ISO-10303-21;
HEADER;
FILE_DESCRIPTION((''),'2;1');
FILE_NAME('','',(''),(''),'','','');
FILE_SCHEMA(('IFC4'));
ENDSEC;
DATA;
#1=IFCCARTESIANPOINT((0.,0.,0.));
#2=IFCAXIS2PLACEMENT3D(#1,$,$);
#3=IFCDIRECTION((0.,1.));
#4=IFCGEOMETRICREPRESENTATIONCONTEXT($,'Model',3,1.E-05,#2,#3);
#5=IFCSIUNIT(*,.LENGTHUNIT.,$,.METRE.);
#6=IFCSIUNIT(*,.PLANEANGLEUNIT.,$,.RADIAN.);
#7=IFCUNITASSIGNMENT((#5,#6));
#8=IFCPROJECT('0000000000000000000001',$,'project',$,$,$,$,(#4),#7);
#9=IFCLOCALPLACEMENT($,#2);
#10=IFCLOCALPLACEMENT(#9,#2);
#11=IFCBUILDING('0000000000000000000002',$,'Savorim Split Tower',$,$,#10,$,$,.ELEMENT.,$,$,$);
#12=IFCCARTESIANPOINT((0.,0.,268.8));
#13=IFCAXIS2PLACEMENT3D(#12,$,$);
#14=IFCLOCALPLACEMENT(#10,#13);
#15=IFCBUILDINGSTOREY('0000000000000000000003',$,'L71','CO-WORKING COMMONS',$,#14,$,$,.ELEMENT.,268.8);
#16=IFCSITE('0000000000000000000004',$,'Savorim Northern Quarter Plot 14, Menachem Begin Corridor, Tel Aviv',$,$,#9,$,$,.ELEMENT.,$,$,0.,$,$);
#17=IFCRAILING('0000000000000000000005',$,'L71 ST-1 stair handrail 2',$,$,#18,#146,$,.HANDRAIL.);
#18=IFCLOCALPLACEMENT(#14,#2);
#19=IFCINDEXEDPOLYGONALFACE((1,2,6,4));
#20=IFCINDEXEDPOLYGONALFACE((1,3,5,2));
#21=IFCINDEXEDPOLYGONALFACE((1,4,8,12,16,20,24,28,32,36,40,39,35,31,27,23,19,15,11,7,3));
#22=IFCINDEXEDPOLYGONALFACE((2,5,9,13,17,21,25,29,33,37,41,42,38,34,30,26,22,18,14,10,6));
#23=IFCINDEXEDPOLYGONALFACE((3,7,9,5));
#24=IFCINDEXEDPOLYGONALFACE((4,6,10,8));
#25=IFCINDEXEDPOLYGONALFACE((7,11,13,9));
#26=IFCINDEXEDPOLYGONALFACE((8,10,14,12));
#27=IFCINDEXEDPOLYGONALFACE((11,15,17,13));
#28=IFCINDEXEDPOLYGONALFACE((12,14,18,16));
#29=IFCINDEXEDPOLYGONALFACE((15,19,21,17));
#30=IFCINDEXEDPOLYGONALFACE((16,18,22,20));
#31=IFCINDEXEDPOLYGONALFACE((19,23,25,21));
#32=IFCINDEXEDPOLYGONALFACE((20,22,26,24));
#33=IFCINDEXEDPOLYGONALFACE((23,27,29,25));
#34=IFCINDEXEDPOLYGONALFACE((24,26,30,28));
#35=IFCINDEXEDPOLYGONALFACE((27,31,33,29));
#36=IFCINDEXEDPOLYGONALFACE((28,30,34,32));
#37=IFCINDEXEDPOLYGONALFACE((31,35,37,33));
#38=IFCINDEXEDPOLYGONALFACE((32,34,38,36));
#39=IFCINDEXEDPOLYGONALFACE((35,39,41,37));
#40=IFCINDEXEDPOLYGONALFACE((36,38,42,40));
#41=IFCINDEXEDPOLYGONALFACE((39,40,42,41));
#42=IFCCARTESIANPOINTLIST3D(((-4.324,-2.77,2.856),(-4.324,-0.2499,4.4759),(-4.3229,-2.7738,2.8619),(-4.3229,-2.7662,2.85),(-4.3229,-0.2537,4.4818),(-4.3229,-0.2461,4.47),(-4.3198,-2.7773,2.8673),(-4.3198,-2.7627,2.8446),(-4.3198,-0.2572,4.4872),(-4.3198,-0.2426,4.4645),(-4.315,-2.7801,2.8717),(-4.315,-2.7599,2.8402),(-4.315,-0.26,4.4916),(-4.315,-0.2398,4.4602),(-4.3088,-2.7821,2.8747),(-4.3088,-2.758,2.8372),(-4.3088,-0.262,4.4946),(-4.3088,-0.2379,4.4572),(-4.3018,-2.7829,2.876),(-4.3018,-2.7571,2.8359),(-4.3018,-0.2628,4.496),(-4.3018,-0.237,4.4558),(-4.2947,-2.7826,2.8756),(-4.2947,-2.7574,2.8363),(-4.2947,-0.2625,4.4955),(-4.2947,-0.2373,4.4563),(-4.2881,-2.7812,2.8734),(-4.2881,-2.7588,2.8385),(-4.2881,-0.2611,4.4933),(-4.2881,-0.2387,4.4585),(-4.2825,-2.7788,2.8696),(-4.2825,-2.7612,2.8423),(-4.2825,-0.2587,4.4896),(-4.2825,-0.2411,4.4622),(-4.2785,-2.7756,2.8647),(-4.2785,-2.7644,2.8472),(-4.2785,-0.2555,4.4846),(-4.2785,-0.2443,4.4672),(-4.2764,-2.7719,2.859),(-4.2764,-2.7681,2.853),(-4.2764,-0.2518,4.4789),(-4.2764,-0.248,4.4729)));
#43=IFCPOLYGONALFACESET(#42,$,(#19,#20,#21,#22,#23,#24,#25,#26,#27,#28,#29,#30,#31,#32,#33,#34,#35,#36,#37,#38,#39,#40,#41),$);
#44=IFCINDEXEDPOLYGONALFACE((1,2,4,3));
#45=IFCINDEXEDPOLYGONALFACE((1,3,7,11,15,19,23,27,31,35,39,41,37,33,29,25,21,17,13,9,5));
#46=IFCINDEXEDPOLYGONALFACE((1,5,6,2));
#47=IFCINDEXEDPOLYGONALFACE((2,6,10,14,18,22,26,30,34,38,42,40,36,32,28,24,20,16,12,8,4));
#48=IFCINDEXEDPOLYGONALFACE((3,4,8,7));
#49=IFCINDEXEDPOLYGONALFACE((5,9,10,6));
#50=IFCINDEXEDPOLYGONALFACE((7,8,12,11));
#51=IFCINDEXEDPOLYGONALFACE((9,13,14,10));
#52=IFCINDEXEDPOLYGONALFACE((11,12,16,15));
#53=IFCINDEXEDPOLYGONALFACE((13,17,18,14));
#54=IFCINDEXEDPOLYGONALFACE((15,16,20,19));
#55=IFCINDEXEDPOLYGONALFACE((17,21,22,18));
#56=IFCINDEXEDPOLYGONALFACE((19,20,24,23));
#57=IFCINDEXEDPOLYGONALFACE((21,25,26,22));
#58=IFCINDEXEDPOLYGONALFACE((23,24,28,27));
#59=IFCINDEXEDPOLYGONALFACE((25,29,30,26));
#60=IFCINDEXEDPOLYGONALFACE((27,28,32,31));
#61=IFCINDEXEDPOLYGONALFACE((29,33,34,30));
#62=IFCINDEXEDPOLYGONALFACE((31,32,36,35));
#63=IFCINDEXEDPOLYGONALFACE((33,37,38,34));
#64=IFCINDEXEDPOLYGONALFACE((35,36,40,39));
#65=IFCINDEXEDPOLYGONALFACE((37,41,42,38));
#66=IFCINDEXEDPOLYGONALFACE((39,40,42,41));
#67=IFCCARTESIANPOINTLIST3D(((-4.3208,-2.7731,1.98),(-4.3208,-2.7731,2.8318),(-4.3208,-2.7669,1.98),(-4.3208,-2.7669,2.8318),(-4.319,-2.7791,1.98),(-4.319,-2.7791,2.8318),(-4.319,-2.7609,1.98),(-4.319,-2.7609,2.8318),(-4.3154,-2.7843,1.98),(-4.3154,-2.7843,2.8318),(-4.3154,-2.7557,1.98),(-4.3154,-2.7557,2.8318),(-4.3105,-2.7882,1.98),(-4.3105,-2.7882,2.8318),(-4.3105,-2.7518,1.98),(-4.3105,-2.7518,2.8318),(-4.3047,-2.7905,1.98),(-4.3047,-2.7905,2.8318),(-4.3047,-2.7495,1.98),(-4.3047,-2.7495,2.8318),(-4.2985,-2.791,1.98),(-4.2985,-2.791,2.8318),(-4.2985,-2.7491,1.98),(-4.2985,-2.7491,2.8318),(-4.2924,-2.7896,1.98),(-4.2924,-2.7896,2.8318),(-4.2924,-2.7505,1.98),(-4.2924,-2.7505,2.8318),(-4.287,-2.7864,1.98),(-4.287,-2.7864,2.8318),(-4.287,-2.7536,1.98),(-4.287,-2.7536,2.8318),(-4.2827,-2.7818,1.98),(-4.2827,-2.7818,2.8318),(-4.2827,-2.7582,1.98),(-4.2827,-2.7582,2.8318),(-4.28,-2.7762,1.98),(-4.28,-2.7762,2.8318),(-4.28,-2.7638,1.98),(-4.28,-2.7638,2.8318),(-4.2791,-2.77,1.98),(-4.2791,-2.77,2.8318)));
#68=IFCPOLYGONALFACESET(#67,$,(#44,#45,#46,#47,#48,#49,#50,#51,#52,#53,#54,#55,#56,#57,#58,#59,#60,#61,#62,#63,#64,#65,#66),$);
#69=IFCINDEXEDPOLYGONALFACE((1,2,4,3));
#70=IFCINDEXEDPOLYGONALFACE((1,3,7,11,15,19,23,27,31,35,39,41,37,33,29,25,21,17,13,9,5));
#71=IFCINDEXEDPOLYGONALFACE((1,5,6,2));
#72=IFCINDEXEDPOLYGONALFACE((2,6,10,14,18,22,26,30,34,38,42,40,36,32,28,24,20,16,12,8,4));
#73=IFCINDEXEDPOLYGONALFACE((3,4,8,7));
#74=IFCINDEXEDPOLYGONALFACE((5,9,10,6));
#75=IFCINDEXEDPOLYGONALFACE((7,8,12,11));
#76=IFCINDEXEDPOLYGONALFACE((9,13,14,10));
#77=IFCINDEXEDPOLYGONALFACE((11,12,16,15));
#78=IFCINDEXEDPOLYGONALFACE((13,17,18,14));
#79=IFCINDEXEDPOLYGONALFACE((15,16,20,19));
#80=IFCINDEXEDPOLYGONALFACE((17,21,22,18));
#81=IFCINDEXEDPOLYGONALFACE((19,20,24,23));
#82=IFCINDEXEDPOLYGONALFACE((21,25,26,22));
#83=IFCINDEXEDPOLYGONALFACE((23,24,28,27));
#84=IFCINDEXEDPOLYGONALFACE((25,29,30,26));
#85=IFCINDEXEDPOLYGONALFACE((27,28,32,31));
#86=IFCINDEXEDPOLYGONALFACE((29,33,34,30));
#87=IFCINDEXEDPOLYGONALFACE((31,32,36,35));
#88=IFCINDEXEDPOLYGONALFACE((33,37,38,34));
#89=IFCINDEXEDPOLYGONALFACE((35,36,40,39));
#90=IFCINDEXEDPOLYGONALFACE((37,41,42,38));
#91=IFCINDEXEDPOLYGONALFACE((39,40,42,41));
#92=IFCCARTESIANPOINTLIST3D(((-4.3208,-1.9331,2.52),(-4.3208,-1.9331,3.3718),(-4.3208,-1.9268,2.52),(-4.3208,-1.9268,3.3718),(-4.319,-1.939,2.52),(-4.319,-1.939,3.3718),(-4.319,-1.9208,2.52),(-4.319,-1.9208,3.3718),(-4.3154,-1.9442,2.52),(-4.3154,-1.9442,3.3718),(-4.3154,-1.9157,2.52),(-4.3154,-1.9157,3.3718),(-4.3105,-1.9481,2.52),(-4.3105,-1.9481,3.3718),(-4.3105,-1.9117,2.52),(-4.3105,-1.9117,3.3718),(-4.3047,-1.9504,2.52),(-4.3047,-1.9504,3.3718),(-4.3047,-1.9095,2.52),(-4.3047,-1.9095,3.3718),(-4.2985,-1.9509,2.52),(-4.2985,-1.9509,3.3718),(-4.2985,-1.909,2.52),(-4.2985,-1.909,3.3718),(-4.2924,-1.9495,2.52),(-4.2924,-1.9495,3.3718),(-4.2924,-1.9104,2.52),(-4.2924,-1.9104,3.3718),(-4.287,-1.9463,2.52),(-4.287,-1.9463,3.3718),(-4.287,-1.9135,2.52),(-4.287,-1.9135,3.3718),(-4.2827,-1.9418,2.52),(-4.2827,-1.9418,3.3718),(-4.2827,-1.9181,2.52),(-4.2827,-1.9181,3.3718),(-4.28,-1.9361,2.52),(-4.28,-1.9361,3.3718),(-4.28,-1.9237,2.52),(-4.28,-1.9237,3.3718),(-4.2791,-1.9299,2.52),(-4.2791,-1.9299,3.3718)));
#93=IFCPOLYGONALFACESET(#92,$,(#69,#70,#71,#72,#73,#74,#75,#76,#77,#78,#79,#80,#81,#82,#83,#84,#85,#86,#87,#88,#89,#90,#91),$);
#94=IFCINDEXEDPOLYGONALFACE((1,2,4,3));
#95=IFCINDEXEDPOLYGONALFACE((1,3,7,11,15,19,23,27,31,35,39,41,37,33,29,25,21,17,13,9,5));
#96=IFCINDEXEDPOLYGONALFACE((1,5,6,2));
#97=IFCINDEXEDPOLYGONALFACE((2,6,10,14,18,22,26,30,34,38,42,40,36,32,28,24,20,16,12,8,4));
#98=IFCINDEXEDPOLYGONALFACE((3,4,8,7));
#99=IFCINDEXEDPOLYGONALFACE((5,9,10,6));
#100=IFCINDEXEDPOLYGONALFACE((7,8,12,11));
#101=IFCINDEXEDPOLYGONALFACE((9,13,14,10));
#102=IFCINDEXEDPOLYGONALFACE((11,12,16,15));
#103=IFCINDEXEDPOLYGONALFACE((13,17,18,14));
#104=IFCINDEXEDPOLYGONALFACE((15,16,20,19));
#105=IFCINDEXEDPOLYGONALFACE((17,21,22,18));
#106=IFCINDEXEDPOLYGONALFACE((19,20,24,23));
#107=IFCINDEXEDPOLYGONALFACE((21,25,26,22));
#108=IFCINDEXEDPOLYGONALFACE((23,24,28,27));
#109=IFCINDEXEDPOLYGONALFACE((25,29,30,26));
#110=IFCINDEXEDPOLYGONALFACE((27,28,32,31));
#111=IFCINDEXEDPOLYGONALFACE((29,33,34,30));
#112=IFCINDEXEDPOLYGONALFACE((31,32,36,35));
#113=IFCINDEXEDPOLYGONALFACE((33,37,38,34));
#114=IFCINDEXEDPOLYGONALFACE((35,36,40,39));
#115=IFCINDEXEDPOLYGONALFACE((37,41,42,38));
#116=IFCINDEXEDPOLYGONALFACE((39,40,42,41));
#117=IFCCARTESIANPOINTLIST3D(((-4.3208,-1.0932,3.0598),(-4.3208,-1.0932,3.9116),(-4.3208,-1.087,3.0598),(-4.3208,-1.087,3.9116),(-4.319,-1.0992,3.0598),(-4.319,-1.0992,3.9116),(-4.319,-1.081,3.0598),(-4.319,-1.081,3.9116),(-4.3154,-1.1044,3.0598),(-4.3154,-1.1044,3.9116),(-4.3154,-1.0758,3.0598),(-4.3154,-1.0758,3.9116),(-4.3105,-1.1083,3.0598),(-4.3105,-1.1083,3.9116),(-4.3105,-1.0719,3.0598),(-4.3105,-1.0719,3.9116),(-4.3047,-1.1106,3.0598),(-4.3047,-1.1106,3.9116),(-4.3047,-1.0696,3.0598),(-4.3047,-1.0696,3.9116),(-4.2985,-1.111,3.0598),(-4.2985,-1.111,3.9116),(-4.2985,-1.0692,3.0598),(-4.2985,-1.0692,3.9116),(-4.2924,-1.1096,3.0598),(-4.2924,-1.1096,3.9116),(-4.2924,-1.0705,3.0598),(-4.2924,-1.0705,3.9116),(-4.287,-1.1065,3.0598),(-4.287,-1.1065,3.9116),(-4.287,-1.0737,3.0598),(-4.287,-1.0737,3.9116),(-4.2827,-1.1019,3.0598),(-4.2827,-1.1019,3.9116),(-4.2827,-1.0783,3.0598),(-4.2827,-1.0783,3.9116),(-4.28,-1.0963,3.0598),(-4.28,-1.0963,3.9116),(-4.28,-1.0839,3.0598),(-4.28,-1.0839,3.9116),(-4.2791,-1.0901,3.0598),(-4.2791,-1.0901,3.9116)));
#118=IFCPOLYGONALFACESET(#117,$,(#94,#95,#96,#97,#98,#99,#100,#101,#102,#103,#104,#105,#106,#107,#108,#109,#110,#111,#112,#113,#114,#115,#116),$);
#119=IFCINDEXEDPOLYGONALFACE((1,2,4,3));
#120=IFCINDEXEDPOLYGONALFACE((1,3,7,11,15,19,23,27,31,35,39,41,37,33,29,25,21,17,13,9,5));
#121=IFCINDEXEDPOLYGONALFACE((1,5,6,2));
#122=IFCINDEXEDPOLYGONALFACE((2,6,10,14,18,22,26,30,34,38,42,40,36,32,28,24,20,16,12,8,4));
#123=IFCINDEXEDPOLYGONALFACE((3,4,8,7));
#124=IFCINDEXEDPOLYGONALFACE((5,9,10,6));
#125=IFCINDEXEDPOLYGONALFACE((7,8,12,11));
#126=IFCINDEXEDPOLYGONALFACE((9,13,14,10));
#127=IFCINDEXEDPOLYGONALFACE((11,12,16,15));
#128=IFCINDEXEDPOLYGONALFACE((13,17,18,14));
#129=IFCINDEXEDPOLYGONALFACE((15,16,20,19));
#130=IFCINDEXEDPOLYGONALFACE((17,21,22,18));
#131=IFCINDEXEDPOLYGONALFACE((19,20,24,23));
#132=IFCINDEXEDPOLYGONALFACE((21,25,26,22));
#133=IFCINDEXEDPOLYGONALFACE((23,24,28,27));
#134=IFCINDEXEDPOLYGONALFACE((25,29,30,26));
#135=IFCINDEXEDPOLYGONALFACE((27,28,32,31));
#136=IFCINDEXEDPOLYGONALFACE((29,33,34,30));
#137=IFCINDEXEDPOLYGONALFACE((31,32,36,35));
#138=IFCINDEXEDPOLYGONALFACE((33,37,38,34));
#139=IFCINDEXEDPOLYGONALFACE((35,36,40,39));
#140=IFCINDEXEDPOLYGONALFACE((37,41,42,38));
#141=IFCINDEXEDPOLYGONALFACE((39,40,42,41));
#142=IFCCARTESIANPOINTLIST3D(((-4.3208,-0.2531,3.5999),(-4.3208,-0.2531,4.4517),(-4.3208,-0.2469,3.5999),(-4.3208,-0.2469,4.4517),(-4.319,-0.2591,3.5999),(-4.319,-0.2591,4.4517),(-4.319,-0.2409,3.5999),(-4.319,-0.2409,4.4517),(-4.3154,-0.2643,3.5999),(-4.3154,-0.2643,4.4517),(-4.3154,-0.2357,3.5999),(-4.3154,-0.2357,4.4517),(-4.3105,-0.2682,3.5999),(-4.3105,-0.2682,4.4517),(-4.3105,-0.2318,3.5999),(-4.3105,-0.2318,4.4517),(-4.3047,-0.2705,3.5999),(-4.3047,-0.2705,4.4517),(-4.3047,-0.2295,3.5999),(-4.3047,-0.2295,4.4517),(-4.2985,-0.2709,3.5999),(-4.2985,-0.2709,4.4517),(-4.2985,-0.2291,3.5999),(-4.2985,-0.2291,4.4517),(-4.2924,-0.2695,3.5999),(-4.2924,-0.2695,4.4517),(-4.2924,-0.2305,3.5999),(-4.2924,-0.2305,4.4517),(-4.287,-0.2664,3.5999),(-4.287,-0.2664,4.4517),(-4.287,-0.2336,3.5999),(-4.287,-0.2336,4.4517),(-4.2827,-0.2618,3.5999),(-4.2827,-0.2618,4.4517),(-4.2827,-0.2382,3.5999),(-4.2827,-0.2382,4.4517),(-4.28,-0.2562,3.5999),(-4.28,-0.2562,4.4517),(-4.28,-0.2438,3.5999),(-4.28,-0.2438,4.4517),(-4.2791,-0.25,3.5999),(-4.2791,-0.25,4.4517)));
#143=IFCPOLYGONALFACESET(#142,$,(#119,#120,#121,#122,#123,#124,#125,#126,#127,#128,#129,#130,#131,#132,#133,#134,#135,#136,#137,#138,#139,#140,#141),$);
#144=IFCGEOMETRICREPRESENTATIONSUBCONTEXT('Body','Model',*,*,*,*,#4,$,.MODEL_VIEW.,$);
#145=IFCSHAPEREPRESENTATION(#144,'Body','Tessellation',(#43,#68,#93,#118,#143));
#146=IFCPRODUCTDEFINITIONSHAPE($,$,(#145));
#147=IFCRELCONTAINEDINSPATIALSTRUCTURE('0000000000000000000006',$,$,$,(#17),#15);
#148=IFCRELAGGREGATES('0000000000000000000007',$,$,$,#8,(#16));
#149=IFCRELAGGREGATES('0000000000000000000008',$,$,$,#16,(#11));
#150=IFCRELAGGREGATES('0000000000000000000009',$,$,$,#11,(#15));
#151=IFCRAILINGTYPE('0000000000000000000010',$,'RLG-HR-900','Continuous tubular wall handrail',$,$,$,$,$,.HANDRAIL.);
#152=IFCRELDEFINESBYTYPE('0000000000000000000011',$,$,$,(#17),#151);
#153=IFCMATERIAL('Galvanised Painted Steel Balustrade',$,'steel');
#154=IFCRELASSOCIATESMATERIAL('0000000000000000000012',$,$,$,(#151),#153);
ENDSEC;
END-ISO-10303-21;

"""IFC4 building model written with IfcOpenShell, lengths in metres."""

from ifc_helpers import new_model, si_unit, direction, frame, origin, origin_2d, place, context, subcontext, project, spatial, circle, extrude, material, type_object, element, save


model = new_model("IFC4")

# Units and contexts
model_context = context("Model", 3, precision=1e-05, world=origin(), true_north=direction((0.0, 1.0)))
body_context = subcontext(model_context, "Body", "Model", "MODEL_VIEW")
ifc_project = project(units=[si_unit("LENGTHUNIT", "METRE"), si_unit("PLANEANGLEUNIT", "RADIAN")], contexts=[model_context])

# Site, building, storey
site_placement = place(None, origin())
site = spatial("IfcSite", under=ifc_project, at=site_placement, Name="Savorim Northern Quarter Plot 14, Menachem Begin Corridor, Tel Aviv", CompositionType="ELEMENT", RefElevation=0.0)
building_placement = place(site_placement, origin())
building = spatial("IfcBuilding", under=site, at=building_placement, Name="Savorim Split Tower", CompositionType="ELEMENT")
storey_placement = place(building_placement, frame((0.0, 0.0, 268.8)))
storey = spatial("IfcBuildingStorey", under=building, at=storey_placement, Name="L71", Description="CO-WORKING COMMONS", CompositionType="ELEMENT", Elevation=268.8)

# Railing
ifc_material_1 = material(Name="Galvanised Painted Steel Balustrade", Category="steel")
railing_type_1 = type_object("IfcRailingType", Name="RLG-HR-900", Description="Continuous tubular wall handrail", PredefinedType="HANDRAIL", material=ifc_material_1)
railing_1_placement = place(storey_placement, frame((-4.3, -2.77, 1.98)))
element("IfcRailing", 1, at=railing_1_placement, inside=storey, type_object=railing_type_1, Name="L71 ST-1 stair handrail 2", PredefinedType="HANDRAIL", context=body_context, shape_type="SweptSolid", body=[
    extrude(circle(Radius=0.0239, at=origin_2d()), frame((0.0, 0.0, 0.876), z_axis=(0.0, 0.8412, 0.540725), x_axis=(-1.0, 0.0, 0.0)), (0.0, 0.0, 1.0), 2.9958),
    extrude(circle(Radius=0.021, at=origin_2d()), origin(), (0.0, 0.0, 1.0), 0.8518),
    extrude(circle(Radius=0.021, at=origin_2d()), frame((0.0, 0.8401, 0.54)), (0.0, 0.0, 1.0), 0.8518),
    extrude(circle(Radius=0.021, at=origin_2d()), frame((0.0, 1.6799, 1.0798)), (0.0, 0.0, 1.0), 0.8518),
    extrude(circle(Radius=0.021, at=origin_2d()), frame((0.0, 2.52, 1.6199)), (0.0, 0.0, 1.0), 0.8518),
])

save(model, "model.ifc")
